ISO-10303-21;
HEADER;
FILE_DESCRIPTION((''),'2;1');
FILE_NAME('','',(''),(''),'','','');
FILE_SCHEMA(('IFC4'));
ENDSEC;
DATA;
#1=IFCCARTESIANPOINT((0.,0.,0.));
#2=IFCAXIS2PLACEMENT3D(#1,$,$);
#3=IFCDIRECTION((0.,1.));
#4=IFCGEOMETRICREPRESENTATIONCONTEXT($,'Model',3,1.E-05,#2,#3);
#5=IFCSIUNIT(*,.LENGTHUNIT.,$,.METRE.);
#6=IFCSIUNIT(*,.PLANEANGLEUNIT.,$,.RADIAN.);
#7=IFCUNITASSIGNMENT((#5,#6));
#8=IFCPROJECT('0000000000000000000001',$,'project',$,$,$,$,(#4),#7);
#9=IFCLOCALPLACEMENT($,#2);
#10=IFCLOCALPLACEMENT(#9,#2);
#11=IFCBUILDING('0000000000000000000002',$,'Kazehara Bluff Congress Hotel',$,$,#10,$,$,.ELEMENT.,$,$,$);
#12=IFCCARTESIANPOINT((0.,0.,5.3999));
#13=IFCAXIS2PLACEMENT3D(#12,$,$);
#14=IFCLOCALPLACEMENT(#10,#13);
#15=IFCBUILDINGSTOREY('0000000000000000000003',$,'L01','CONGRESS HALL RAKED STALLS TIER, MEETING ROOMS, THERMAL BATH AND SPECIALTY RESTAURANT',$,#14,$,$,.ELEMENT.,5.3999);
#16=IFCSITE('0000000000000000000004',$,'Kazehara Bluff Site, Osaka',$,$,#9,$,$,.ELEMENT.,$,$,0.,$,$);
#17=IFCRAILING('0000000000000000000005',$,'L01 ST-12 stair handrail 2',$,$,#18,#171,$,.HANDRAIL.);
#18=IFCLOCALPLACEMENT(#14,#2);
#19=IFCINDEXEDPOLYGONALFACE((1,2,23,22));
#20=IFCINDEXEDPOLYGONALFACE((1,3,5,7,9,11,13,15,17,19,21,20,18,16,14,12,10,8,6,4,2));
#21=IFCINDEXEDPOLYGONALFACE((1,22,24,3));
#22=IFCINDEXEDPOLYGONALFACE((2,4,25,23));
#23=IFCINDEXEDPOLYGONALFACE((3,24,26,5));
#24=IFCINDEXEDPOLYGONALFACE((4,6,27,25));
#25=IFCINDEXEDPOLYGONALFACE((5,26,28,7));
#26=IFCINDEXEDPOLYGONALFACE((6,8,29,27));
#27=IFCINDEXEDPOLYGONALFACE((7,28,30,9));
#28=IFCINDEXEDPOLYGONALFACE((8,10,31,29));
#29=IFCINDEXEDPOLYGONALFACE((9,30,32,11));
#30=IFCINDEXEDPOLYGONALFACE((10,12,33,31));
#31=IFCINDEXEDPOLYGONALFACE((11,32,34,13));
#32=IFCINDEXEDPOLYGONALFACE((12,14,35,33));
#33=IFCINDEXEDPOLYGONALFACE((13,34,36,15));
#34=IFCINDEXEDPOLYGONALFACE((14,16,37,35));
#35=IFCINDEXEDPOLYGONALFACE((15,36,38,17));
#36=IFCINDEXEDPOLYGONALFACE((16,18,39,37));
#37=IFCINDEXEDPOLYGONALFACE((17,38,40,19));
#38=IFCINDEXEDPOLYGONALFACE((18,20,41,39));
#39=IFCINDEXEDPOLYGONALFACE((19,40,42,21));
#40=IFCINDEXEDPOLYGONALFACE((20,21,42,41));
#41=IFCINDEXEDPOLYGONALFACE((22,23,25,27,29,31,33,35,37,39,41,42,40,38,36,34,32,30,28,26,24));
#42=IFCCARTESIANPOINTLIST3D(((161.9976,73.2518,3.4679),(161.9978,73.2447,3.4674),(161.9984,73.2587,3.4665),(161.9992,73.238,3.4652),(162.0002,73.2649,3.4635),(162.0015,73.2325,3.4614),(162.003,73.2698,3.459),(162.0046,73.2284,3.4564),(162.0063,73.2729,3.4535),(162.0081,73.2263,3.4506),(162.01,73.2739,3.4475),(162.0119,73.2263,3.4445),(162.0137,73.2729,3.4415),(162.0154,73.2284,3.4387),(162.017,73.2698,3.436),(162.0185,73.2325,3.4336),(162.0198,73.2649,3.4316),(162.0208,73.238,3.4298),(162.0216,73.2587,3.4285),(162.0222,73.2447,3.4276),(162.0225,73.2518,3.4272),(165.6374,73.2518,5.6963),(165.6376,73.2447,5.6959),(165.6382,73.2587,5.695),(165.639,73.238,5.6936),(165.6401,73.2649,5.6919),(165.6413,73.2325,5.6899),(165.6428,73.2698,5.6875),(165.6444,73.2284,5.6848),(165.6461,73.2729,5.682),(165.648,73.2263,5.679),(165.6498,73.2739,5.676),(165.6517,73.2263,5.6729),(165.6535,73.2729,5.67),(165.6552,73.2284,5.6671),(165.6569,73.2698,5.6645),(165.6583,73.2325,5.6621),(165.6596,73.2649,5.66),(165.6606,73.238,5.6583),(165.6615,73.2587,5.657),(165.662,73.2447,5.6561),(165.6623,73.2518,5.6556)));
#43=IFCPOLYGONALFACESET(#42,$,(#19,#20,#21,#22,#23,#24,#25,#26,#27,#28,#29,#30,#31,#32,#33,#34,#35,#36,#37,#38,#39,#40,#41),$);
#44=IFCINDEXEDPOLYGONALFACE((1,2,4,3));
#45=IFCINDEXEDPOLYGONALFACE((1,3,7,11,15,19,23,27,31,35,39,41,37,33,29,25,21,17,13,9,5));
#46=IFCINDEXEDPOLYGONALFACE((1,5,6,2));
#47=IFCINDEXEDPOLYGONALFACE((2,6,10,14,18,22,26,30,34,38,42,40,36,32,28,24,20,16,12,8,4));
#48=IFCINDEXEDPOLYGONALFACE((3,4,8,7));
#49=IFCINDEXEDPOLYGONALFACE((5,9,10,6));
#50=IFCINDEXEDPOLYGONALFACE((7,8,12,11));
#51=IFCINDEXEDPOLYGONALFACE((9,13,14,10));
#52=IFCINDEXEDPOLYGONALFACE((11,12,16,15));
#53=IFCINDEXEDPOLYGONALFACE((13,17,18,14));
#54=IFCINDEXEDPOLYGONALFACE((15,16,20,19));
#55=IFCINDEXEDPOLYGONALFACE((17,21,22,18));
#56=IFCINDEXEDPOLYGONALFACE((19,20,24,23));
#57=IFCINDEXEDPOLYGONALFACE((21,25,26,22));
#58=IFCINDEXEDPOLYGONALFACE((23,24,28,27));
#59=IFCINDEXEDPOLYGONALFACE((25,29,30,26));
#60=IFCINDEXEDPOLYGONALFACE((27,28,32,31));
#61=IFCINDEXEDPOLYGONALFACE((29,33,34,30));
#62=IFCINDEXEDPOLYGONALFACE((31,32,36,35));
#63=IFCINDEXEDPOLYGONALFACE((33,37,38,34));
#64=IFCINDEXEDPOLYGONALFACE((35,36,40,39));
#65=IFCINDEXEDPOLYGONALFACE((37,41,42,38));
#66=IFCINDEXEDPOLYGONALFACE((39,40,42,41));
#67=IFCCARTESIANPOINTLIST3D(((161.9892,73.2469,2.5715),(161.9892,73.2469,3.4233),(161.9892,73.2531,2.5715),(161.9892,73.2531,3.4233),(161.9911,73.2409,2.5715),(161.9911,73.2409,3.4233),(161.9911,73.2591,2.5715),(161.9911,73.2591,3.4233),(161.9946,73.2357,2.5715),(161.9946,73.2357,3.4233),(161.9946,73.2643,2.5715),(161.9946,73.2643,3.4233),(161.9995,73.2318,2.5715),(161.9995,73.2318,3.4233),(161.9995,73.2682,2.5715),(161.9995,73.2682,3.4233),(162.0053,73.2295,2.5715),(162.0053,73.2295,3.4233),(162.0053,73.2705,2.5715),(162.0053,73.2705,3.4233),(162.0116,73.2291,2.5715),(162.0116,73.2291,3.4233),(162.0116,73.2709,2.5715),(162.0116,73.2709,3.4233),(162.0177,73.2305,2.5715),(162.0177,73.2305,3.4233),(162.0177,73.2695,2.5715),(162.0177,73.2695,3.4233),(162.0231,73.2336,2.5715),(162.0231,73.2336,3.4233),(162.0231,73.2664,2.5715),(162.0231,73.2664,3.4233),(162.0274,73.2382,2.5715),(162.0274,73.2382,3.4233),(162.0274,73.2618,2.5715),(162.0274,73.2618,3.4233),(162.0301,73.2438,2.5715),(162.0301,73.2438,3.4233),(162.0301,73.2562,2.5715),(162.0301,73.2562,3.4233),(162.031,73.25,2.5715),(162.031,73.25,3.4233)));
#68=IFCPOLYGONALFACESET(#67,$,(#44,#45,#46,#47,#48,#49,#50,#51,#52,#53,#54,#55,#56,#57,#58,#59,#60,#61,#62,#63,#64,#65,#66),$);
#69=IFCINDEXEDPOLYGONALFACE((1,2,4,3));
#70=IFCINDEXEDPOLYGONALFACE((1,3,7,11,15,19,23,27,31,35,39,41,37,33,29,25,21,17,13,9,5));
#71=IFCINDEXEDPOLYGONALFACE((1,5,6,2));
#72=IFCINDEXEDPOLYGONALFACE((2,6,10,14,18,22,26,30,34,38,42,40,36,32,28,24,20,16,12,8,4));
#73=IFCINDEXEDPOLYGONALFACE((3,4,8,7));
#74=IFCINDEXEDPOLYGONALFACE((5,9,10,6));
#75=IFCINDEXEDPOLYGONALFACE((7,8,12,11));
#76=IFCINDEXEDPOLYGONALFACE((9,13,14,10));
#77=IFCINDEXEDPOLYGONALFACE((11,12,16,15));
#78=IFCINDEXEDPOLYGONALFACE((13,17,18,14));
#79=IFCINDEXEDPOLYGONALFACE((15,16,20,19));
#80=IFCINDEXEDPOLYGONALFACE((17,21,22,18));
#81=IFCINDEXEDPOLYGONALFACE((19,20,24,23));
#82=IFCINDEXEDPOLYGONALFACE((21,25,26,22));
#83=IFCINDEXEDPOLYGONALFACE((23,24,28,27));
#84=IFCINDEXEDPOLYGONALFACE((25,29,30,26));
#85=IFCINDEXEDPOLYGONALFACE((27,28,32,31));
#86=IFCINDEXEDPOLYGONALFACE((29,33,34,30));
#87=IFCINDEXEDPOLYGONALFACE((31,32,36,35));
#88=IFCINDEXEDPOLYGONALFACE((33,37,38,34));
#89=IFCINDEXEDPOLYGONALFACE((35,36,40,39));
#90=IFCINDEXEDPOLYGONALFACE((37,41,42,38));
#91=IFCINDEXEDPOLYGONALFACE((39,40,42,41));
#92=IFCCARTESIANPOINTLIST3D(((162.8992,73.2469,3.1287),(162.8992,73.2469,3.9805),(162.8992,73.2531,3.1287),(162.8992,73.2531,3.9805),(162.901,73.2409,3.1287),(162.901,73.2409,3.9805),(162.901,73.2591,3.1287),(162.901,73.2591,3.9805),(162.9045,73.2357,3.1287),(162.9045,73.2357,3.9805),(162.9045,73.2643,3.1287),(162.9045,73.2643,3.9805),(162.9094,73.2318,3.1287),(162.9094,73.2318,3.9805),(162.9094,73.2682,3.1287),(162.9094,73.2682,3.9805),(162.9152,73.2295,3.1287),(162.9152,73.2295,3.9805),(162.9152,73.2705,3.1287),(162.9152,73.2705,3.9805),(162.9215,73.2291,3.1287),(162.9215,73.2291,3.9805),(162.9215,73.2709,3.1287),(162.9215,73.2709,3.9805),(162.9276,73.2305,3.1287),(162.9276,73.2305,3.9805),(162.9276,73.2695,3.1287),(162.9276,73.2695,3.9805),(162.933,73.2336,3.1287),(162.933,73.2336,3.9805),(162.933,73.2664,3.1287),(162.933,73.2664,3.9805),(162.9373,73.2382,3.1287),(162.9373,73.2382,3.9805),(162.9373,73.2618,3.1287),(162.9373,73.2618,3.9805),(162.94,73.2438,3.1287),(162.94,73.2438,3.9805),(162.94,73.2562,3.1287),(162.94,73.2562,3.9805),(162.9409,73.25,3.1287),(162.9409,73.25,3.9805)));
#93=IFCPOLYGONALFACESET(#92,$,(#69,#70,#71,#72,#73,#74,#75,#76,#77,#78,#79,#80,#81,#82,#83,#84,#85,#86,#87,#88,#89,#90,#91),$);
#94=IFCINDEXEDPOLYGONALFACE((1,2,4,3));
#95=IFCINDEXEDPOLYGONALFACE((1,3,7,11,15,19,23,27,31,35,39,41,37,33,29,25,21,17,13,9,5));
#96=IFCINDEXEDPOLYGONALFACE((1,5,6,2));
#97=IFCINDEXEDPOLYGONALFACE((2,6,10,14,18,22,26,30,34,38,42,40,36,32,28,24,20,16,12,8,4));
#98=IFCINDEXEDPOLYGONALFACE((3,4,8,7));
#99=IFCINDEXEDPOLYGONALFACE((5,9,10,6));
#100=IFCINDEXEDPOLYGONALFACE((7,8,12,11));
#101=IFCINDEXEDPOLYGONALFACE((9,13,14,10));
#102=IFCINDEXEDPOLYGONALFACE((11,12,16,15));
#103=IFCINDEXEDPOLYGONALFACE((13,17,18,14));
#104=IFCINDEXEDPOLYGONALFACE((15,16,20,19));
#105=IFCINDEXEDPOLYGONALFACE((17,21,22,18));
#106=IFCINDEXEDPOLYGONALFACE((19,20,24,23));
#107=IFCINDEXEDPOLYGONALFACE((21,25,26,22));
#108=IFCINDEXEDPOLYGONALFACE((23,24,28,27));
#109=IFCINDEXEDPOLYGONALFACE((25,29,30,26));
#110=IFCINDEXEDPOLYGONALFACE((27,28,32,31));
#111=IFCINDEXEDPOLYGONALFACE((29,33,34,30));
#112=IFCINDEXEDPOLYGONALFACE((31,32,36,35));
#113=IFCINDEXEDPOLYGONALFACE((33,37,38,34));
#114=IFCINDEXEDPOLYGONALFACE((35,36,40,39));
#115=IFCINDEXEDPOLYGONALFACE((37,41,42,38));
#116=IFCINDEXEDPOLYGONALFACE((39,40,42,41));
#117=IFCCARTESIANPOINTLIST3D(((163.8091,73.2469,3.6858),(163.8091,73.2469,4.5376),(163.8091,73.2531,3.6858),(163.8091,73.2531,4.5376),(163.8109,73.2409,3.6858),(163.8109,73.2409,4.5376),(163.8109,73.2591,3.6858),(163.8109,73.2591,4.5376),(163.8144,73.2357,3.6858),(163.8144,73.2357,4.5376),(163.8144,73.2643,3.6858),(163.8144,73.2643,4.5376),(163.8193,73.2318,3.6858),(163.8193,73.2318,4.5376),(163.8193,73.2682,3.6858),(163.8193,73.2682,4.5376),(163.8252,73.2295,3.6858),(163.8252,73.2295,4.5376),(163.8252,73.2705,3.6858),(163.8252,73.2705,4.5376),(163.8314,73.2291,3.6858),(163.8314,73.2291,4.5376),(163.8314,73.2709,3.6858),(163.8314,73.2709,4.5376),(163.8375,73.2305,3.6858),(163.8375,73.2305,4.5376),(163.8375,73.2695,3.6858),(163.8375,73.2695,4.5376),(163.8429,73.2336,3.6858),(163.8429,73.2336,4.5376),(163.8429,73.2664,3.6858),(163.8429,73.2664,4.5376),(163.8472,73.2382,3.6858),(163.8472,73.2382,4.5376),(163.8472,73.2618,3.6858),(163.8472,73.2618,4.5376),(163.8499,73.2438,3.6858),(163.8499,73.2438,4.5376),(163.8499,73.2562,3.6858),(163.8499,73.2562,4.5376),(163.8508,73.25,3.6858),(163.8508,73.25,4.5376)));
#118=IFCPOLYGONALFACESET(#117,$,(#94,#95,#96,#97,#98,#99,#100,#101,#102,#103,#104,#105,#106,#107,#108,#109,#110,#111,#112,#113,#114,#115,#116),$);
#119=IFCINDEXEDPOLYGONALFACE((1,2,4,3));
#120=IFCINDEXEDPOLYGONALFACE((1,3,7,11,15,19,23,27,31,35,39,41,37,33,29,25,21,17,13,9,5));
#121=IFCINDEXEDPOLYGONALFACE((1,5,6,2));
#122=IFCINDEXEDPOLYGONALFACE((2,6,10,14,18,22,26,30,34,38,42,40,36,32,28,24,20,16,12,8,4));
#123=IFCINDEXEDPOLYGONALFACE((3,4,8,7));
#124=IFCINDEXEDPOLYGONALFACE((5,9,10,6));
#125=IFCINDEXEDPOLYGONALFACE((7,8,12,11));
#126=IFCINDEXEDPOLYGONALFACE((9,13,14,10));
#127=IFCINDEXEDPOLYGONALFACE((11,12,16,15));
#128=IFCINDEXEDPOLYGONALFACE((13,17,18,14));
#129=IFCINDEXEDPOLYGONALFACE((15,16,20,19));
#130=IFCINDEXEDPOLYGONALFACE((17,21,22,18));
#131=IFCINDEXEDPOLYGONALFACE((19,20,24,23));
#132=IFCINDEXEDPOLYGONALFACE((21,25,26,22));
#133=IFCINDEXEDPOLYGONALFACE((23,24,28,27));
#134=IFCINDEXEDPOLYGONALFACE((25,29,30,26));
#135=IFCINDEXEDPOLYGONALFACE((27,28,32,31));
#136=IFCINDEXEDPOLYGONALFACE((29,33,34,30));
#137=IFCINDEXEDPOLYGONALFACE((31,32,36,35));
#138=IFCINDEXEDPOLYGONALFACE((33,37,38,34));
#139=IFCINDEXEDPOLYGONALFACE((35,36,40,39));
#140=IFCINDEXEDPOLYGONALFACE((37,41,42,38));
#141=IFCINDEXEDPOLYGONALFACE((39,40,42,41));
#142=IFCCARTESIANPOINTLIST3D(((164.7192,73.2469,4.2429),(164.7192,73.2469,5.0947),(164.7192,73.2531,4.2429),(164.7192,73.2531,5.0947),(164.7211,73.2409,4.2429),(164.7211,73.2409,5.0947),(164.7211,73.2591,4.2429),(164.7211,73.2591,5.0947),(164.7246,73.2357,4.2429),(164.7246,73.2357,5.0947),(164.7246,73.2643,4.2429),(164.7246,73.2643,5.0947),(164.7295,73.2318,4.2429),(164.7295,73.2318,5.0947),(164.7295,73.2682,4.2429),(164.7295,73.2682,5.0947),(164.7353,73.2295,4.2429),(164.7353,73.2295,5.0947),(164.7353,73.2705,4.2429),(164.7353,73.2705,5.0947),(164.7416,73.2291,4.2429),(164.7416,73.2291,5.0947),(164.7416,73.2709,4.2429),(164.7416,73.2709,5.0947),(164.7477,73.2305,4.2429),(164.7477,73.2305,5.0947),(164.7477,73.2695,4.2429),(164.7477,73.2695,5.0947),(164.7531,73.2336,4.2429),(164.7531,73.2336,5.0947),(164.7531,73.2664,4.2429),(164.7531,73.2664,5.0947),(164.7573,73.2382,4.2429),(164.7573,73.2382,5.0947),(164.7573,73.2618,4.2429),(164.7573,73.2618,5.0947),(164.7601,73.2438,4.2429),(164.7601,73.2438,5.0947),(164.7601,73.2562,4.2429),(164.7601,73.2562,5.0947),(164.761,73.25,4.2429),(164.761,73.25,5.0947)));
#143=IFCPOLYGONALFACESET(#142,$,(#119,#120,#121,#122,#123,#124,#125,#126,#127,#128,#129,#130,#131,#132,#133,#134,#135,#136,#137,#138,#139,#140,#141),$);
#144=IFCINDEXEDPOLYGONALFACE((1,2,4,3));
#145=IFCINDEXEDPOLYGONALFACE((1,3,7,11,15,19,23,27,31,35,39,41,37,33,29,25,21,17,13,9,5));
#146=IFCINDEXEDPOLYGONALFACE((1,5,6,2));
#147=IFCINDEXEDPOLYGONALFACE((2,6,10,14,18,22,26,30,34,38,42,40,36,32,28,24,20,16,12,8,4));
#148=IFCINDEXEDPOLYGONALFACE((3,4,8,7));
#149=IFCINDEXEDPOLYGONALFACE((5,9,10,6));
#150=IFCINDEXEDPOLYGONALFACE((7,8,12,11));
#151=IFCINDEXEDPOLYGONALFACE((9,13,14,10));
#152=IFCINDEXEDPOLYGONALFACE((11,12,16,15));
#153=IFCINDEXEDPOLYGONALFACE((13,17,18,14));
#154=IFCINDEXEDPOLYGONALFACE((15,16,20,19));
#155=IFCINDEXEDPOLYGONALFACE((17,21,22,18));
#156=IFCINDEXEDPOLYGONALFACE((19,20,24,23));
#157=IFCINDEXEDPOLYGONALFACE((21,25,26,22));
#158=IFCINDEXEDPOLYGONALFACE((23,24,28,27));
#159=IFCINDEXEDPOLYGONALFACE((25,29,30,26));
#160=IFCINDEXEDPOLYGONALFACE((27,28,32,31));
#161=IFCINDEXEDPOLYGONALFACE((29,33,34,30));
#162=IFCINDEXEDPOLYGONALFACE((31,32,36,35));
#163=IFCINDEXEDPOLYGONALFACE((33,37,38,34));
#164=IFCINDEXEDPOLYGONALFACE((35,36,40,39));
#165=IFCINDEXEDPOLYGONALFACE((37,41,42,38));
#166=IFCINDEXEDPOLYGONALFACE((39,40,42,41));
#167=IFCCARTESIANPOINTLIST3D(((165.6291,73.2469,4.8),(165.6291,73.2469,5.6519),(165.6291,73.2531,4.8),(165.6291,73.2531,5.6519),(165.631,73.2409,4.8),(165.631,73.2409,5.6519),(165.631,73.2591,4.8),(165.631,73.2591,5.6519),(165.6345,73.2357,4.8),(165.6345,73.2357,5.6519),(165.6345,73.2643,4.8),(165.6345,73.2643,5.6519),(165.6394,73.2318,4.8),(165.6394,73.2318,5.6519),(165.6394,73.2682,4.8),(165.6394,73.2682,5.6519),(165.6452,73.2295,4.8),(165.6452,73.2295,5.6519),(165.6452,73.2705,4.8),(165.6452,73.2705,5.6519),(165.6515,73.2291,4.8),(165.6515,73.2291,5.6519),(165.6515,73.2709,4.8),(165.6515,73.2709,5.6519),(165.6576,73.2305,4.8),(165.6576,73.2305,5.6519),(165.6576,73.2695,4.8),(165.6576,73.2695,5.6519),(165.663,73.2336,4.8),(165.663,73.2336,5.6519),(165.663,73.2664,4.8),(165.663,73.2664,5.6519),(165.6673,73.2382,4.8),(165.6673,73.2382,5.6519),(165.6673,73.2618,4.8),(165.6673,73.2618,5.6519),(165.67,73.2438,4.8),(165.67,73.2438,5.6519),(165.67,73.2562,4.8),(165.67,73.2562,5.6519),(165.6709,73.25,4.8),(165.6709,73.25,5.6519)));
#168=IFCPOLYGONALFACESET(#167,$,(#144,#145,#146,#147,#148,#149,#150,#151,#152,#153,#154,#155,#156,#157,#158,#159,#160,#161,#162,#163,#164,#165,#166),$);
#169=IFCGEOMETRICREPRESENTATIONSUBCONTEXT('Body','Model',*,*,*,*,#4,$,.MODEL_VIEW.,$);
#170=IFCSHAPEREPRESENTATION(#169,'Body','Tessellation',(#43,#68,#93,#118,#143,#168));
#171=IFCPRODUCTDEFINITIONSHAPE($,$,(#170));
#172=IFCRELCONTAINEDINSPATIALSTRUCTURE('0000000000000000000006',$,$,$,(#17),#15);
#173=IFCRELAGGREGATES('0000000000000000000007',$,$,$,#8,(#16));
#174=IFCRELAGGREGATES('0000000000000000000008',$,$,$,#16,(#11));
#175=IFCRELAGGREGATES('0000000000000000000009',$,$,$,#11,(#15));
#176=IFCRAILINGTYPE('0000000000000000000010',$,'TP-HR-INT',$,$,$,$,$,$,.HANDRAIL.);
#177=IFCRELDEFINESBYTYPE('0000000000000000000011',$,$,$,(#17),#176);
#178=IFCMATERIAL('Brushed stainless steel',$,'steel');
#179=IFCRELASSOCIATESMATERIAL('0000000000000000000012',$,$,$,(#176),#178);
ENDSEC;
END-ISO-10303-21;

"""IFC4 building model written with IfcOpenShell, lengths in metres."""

from ifc_helpers import new_model, si_unit, direction, frame, origin, origin_2d, place, context, subcontext, project, spatial, circle, extrude, material, type_object, element, save


model = new_model("IFC4")

# Units and contexts
model_context = context("Model", 3, precision=1e-05, world=origin(), true_north=direction((0.0, 1.0)))
body_context = subcontext(model_context, "Body", "Model", "MODEL_VIEW")
ifc_project = project(units=[si_unit("LENGTHUNIT", "METRE"), si_unit("PLANEANGLEUNIT", "RADIAN")], contexts=[model_context])

# Site, building, storey
site_placement = place(None, origin())
site = spatial("IfcSite", under=ifc_project, at=site_placement, Name="Kazehara Bluff Site, Osaka", CompositionType="ELEMENT", RefElevation=0.0)
building_placement = place(site_placement, origin())
building = spatial("IfcBuilding", under=site, at=building_placement, Name="Kazehara Bluff Congress Hotel", CompositionType="ELEMENT")
storey_placement = place(building_placement, frame((0.0, 0.0, 5.3999)))
storey = spatial("IfcBuildingStorey", under=building, at=storey_placement, Name="L01", Description="CONGRESS HALL RAKED STALLS TIER, MEETING ROOMS, THERMAL BATH AND SPECIALTY RESTAURANT", CompositionType="ELEMENT", Elevation=5.3999)

# Railing
ifc_material_1 = material(Name="Brushed stainless steel", Category="steel")
railing_type_1 = type_object("IfcRailingType", Name="TP-HR-INT", PredefinedType="HANDRAIL", material=ifc_material_1)
railing_1_placement = place(storey_placement, frame((162.01, 73.25, 2.5715)))
element("IfcRailing", 1, at=railing_1_placement, inside=storey, type_object=railing_type_1, Name="L01 ST-12 stair handrail 2", PredefinedType="HANDRAIL", context=body_context, shape_type="SweptSolid", body=[
    extrude(circle(Radius=0.0239, at=origin_2d()), frame((0.0, 0.0, 0.876), z_axis=(0.85285, 0.0, 0.522156), x_axis=(0.0, 1.0, 0.0)), (0.0, 0.0, 1.0), 4.2678),
    extrude(circle(Radius=0.021, at=origin_2d()), origin(), (0.0, 0.0, 1.0), 0.8518),
    extrude(circle(Radius=0.021, at=origin_2d()), frame((0.9099, 0.0, 0.5571)), (0.0, 0.0, 1.0), 0.8518),
    extrude(circle(Radius=0.021, at=origin_2d()), frame((1.8198, 0.0, 1.1143)), (0.0, 0.0, 1.0), 0.8518),
    extrude(circle(Radius=0.021, at=origin_2d()), frame((2.73, 0.0, 1.6714)), (0.0, 0.0, 1.0), 0.8518),
    extrude(circle(Radius=0.021, at=origin_2d()), frame((3.6399, 0.0, 2.2285)), (0.0, 0.0, 1.0), 0.8518),
])

save(model, "model.ifc")
